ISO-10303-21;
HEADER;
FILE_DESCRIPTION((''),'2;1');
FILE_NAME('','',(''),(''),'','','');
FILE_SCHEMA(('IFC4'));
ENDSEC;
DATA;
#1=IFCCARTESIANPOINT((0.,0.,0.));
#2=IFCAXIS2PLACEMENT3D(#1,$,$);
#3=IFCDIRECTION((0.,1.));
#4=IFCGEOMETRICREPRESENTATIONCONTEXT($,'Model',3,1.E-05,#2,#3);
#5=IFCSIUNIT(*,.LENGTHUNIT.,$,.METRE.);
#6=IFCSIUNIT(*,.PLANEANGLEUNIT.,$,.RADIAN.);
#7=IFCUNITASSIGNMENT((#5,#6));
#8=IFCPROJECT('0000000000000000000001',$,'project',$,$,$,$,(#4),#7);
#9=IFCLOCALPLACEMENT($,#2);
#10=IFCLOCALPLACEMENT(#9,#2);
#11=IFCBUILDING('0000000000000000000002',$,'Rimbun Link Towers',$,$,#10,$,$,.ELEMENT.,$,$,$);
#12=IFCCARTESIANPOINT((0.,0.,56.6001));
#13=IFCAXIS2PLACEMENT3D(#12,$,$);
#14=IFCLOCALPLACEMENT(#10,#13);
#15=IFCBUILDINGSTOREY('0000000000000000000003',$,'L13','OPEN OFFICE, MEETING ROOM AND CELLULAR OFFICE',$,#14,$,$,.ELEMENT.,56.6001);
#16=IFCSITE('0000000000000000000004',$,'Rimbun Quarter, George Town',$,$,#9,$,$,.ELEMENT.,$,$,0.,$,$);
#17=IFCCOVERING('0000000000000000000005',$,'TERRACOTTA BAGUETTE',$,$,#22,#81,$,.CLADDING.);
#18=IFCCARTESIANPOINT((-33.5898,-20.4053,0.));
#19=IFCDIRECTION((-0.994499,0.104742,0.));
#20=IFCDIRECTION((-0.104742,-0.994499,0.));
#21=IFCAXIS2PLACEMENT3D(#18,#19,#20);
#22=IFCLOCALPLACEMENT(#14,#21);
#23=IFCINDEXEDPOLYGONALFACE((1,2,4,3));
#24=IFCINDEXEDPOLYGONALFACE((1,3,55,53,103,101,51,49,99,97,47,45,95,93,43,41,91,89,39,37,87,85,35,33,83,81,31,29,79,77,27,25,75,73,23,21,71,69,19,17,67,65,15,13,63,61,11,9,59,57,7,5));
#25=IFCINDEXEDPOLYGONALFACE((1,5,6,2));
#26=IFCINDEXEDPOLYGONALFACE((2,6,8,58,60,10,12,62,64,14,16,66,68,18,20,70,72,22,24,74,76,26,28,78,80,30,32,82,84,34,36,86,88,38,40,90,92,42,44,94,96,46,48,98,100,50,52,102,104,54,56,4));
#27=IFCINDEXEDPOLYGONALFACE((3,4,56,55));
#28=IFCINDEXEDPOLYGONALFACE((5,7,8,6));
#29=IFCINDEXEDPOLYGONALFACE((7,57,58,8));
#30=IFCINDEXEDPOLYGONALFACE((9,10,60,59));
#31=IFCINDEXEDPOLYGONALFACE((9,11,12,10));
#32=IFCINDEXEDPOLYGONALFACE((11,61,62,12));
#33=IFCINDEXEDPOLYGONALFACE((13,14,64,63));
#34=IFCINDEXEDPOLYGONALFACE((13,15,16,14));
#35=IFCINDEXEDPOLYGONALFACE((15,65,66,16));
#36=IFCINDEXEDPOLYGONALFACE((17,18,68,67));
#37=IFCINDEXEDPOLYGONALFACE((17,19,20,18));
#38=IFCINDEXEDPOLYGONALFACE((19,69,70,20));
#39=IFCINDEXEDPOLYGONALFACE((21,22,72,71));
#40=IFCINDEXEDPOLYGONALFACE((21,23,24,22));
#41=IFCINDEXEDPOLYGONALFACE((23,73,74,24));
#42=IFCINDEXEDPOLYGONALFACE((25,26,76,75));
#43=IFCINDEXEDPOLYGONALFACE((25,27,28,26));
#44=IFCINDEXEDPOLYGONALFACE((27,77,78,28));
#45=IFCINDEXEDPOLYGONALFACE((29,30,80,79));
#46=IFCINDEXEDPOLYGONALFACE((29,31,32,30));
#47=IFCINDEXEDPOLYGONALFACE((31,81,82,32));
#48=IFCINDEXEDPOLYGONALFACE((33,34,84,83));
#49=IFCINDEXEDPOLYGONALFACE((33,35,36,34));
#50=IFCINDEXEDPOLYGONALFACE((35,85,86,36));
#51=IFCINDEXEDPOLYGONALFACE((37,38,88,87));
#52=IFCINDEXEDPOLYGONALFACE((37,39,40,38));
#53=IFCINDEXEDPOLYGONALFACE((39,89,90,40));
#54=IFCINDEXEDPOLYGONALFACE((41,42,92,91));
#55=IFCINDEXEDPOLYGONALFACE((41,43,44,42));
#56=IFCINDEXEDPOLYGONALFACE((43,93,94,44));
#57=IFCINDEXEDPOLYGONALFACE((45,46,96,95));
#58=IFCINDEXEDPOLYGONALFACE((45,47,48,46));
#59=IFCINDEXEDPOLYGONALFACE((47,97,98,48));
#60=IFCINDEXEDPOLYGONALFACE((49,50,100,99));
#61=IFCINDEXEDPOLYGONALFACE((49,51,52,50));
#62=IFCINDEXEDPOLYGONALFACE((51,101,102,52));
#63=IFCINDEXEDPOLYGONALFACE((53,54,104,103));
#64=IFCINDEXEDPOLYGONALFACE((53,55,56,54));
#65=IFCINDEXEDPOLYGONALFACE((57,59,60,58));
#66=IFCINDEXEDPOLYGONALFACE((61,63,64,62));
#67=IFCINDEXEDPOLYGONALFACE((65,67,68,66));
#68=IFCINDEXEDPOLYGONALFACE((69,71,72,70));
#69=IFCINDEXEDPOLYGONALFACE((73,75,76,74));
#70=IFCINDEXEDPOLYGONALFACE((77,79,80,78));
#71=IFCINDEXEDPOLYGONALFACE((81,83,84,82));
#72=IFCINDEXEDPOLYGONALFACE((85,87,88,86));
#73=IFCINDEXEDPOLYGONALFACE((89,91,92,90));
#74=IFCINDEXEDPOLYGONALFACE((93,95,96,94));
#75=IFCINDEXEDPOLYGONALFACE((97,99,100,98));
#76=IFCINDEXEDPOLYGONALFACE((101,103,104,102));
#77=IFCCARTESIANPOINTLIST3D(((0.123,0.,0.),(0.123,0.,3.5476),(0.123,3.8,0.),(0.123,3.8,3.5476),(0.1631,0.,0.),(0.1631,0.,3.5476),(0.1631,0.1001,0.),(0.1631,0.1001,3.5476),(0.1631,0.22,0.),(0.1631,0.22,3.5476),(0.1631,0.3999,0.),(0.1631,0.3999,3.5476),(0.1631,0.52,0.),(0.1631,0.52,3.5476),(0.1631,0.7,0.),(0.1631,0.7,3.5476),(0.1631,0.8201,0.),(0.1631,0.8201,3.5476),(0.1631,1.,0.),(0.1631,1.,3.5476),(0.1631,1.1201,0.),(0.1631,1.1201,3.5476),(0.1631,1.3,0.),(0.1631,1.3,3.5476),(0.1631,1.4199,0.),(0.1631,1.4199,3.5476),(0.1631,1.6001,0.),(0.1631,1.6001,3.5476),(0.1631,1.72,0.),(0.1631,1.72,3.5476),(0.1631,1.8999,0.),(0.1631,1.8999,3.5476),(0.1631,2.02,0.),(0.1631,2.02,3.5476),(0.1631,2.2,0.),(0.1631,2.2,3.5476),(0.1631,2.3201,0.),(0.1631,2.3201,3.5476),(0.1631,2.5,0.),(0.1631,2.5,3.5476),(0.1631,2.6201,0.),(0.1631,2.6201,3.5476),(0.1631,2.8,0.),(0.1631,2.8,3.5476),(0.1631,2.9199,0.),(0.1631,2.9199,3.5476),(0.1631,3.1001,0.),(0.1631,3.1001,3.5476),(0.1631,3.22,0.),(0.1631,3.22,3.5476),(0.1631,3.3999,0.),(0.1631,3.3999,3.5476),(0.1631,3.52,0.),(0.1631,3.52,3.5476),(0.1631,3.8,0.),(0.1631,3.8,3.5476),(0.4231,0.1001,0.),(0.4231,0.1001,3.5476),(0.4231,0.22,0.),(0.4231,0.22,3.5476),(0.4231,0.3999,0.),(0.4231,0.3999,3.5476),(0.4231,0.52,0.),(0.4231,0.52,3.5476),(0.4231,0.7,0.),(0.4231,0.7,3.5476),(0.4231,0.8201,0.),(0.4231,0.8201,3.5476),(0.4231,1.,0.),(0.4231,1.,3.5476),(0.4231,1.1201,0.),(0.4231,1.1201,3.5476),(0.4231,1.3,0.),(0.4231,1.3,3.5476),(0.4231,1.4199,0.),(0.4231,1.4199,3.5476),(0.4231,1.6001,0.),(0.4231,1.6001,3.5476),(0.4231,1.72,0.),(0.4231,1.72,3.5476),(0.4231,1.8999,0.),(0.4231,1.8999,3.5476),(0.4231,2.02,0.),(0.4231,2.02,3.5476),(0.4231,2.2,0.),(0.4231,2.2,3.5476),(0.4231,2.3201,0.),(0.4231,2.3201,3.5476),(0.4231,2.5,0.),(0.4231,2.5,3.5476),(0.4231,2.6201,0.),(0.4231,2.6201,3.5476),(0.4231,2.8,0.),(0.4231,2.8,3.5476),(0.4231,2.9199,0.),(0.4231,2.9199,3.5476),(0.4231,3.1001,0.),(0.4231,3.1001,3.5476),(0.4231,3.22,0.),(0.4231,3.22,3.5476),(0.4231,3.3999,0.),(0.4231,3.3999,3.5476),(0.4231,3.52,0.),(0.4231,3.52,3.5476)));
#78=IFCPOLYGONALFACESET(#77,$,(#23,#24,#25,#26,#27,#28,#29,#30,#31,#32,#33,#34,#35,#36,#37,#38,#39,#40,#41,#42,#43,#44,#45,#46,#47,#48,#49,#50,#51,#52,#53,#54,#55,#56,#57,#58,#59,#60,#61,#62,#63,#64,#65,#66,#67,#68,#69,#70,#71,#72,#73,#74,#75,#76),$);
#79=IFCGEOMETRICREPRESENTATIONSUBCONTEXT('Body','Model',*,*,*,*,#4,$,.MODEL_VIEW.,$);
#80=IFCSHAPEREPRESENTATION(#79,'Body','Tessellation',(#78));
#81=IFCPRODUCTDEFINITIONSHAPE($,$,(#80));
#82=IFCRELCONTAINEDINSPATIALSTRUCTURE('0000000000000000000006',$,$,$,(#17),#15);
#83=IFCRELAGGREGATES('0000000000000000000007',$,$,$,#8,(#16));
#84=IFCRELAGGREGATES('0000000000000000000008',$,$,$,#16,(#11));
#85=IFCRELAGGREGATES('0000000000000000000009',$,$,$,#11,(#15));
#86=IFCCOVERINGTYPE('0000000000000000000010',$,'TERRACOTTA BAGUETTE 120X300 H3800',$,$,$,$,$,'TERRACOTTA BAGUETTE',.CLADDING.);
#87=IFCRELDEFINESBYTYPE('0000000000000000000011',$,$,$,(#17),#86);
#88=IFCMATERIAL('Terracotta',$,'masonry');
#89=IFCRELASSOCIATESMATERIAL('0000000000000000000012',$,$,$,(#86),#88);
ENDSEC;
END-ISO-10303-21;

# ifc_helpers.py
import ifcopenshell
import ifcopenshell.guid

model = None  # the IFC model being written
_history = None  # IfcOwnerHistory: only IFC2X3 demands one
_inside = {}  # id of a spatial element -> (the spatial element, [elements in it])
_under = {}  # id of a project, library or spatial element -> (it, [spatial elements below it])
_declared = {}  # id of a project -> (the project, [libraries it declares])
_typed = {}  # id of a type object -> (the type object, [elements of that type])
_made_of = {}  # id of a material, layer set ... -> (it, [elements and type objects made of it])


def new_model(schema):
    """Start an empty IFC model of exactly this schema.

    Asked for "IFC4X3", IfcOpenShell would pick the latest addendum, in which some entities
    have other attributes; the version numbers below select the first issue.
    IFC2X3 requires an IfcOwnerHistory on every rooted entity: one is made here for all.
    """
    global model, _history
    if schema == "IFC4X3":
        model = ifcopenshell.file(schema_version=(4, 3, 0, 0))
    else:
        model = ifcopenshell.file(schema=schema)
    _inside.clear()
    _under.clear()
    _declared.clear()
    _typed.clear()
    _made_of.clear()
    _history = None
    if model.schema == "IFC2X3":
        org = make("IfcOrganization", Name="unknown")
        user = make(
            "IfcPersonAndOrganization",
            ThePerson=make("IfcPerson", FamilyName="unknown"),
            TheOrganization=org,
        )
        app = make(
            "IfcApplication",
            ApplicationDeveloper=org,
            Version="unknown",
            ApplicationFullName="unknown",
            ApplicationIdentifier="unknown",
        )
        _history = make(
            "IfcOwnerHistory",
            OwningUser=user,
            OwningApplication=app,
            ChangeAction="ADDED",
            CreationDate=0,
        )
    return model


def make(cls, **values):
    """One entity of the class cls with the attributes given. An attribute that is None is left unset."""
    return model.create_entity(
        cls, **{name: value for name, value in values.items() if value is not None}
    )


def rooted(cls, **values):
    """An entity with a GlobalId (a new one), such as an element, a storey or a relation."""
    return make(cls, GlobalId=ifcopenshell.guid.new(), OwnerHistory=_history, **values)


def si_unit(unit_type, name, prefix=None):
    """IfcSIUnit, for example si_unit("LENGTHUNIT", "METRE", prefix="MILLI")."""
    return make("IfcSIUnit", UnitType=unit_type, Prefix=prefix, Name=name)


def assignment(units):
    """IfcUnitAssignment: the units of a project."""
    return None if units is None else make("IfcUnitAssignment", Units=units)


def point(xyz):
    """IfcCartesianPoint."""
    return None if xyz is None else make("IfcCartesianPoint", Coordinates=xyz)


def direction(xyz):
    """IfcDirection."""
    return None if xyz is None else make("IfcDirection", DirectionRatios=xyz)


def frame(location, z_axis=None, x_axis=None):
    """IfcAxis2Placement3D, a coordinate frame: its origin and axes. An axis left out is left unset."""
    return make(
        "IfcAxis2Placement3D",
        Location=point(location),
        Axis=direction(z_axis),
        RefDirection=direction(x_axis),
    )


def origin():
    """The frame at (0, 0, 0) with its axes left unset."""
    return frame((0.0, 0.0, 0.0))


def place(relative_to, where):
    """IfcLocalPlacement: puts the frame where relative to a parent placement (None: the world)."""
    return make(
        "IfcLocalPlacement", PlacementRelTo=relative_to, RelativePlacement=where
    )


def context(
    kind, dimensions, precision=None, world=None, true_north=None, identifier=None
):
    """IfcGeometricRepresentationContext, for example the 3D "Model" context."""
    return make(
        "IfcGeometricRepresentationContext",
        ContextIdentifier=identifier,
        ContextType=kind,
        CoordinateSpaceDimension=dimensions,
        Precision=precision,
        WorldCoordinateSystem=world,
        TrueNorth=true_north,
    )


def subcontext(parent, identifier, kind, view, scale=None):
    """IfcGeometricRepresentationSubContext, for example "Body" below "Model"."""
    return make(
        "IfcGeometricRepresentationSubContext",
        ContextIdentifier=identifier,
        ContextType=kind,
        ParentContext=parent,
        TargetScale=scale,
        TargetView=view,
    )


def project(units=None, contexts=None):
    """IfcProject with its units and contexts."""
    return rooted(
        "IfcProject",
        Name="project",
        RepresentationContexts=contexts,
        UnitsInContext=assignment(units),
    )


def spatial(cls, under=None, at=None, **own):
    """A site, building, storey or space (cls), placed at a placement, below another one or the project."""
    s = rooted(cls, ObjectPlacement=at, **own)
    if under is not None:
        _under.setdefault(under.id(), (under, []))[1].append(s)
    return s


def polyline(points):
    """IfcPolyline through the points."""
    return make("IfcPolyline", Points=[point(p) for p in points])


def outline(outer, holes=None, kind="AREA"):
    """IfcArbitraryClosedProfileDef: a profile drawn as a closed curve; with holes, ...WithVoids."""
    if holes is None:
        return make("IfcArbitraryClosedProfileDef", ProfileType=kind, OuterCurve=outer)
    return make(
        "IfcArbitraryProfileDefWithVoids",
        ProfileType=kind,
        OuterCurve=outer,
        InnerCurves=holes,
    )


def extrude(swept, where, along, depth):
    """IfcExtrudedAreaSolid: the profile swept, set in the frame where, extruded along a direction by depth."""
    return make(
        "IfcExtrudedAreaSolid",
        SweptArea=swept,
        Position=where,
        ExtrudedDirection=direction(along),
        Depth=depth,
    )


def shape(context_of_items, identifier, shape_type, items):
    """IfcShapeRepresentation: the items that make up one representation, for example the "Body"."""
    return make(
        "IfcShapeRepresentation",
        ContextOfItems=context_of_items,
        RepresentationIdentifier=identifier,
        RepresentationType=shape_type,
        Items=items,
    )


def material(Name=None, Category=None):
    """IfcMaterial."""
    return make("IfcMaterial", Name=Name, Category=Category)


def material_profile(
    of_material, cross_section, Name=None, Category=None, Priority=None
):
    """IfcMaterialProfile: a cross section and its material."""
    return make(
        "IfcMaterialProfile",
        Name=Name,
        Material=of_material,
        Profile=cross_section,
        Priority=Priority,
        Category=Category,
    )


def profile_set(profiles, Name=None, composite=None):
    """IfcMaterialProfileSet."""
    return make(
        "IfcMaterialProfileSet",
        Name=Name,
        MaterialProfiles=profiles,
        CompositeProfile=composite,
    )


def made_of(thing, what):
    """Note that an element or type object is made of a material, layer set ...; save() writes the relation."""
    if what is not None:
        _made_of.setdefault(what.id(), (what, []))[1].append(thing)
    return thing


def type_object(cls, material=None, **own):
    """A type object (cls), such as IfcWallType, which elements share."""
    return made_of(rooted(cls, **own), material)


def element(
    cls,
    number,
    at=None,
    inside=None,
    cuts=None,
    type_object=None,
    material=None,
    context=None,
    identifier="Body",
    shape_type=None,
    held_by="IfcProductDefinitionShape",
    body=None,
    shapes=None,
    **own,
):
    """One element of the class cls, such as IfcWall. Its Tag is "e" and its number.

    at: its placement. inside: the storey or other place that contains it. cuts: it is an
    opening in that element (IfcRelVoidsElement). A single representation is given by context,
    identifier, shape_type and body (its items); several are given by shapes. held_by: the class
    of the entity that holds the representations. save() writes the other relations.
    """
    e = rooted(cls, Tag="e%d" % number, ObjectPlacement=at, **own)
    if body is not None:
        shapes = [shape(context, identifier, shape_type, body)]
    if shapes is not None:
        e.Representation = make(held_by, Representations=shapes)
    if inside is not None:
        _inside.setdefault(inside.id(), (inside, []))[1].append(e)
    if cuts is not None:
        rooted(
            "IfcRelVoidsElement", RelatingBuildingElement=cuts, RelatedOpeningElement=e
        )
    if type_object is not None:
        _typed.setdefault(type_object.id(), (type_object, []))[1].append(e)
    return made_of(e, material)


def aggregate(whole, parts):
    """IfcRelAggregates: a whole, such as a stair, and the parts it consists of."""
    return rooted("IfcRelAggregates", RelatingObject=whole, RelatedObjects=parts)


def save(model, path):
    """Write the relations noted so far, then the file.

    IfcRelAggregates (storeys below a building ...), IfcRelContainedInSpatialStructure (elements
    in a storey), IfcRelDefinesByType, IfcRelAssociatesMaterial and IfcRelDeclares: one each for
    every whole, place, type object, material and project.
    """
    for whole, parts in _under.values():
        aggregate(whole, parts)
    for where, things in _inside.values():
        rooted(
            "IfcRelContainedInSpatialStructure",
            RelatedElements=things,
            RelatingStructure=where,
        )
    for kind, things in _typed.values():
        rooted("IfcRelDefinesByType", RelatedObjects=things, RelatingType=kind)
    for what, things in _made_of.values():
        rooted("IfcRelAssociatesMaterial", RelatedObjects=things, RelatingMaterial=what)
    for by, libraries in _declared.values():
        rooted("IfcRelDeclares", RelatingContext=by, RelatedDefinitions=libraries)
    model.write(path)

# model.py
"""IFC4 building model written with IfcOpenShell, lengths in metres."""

from ifc_helpers import new_model, si_unit, direction, frame, origin, place, context, subcontext, project, spatial, polyline, outline, extrude, material, material_profile, profile_set, type_object, element, save


model = new_model("IFC4")

# Units and contexts
model_context = context("Model", 3, precision=1e-05, world=origin(), true_north=direction((0.0, 1.0)))
body_context = subcontext(model_context, "Body", "Model", "MODEL_VIEW")
ifc_project = project(units=[si_unit("LENGTHUNIT", "METRE"), si_unit("PLANEANGLEUNIT", "RADIAN")], contexts=[model_context])

# Site, building, storey
site_placement = place(None, origin())
site = spatial("IfcSite", under=ifc_project, at=site_placement, Name="Rimbun Quarter, George Town", CompositionType="ELEMENT", RefElevation=0.0)
building_placement = place(site_placement, origin())
building = spatial("IfcBuilding", under=site, at=building_placement, Name="Rimbun Link Towers", CompositionType="ELEMENT")
storey_placement = place(building_placement, frame((0.0, 0.0, 56.6001)))
storey = spatial("IfcBuildingStorey", under=building, at=storey_placement, Name="L13", Description="OPEN OFFICE, MEETING ROOM AND CELLULAR OFFICE", CompositionType="ELEMENT", Elevation=56.6001)

# Covering
ifc_material_1 = material(Name="Terracotta", Category="masonry")
ifc_material_profile_1 = material_profile(ifc_material_1, outline(polyline([(0.123, 0.0), (0.1631, 0.0), (0.1631, 0.1001), (0.4231, 0.1001), (0.4231, 0.22), (0.1631, 0.22), (0.1631, 0.3999), (0.4231, 0.3999), (0.4231, 0.52), (0.1631, 0.52), (0.1631, 0.7), (0.4231, 0.7), (0.4231, 0.8201), (0.1631, 0.8201), (0.1631, 1.0), (0.4231, 1.0), (0.4231, 1.1201), (0.1631, 1.1201), (0.1631, 1.3), (0.4231, 1.3), (0.4231, 1.4199), (0.1631, 1.4199), (0.1631, 1.6001), (0.4231, 1.6001), (0.4231, 1.72), (0.1631, 1.72), (0.1631, 1.8999), (0.4231, 1.8999), (0.4231, 2.02), (0.1631, 2.02), (0.1631, 2.2), (0.4231, 2.2), (0.4231, 2.3201), (0.1631, 2.3201), (0.1631, 2.5), (0.4231, 2.5), (0.4231, 2.6201), (0.1631, 2.6201), (0.1631, 2.8), (0.4231, 2.8), (0.4231, 2.9199), (0.1631, 2.9199), (0.1631, 3.1001), (0.4231, 3.1001), (0.4231, 3.22), (0.1631, 3.22), (0.1631, 3.3999), (0.4231, 3.3999), (0.4231, 3.52), (0.1631, 3.52), (0.1631, 3.8), (0.123, 3.8), (0.123, 0.0)])), Name="BAGUETTE 120X300")
ifc_profile_set_1 = profile_set([ifc_material_profile_1], Name="Terracotta")
covering_type = type_object("IfcCoveringType", Name="TERRACOTTA BAGUETTE 120X300 H3800", ElementType="TERRACOTTA BAGUETTE", PredefinedType="CLADDING", material=ifc_profile_set_1)
covering_1_placement = place(storey_placement, frame((-33.5898, -20.4053, 0.0), z_axis=(-0.994499, 0.104742, 0.0), x_axis=(-0.104742, -0.994499, 0.0)))
element("IfcCovering", 1, at=covering_1_placement, inside=storey, type_object=covering_type, Name="TERRACOTTA BAGUETTE", PredefinedType="CLADDING", context=body_context, shape_type="SweptSolid", body=[
    extrude(outline(polyline([(0.123, 0.0), (0.1631, 0.0), (0.1631, 0.1001), (0.4231, 0.1001), (0.4231, 0.22), (0.1631, 0.22), (0.1631, 0.3999), (0.4231, 0.3999), (0.4231, 0.52), (0.1631, 0.52), (0.1631, 0.7), (0.4231, 0.7), (0.4231, 0.8201), (0.1631, 0.8201), (0.1631, 1.0), (0.4231, 1.0), (0.4231, 1.1201), (0.1631, 1.1201), (0.1631, 1.3), (0.4231, 1.3), (0.4231, 1.4199), (0.1631, 1.4199), (0.1631, 1.6001), (0.4231, 1.6001), (0.4231, 1.72), (0.1631, 1.72), (0.1631, 1.8999), (0.4231, 1.8999), (0.4231, 2.02), (0.1631, 2.02), (0.1631, 2.2), (0.4231, 2.2), (0.4231, 2.3201), (0.1631, 2.3201), (0.1631, 2.5), (0.4231, 2.5), (0.4231, 2.6201), (0.1631, 2.6201), (0.1631, 2.8), (0.4231, 2.8), (0.4231, 2.9199), (0.1631, 2.9199), (0.1631, 3.1001), (0.4231, 3.1001), (0.4231, 3.22), (0.1631, 3.22), (0.1631, 3.3999), (0.4231, 3.3999), (0.4231, 3.52), (0.1631, 3.52), (0.1631, 3.8), (0.123, 3.8), (0.123, 0.0)])), origin(), (0.0, 0.0, 1.0), 3.5476),
])

save(model, "model.ifc")
